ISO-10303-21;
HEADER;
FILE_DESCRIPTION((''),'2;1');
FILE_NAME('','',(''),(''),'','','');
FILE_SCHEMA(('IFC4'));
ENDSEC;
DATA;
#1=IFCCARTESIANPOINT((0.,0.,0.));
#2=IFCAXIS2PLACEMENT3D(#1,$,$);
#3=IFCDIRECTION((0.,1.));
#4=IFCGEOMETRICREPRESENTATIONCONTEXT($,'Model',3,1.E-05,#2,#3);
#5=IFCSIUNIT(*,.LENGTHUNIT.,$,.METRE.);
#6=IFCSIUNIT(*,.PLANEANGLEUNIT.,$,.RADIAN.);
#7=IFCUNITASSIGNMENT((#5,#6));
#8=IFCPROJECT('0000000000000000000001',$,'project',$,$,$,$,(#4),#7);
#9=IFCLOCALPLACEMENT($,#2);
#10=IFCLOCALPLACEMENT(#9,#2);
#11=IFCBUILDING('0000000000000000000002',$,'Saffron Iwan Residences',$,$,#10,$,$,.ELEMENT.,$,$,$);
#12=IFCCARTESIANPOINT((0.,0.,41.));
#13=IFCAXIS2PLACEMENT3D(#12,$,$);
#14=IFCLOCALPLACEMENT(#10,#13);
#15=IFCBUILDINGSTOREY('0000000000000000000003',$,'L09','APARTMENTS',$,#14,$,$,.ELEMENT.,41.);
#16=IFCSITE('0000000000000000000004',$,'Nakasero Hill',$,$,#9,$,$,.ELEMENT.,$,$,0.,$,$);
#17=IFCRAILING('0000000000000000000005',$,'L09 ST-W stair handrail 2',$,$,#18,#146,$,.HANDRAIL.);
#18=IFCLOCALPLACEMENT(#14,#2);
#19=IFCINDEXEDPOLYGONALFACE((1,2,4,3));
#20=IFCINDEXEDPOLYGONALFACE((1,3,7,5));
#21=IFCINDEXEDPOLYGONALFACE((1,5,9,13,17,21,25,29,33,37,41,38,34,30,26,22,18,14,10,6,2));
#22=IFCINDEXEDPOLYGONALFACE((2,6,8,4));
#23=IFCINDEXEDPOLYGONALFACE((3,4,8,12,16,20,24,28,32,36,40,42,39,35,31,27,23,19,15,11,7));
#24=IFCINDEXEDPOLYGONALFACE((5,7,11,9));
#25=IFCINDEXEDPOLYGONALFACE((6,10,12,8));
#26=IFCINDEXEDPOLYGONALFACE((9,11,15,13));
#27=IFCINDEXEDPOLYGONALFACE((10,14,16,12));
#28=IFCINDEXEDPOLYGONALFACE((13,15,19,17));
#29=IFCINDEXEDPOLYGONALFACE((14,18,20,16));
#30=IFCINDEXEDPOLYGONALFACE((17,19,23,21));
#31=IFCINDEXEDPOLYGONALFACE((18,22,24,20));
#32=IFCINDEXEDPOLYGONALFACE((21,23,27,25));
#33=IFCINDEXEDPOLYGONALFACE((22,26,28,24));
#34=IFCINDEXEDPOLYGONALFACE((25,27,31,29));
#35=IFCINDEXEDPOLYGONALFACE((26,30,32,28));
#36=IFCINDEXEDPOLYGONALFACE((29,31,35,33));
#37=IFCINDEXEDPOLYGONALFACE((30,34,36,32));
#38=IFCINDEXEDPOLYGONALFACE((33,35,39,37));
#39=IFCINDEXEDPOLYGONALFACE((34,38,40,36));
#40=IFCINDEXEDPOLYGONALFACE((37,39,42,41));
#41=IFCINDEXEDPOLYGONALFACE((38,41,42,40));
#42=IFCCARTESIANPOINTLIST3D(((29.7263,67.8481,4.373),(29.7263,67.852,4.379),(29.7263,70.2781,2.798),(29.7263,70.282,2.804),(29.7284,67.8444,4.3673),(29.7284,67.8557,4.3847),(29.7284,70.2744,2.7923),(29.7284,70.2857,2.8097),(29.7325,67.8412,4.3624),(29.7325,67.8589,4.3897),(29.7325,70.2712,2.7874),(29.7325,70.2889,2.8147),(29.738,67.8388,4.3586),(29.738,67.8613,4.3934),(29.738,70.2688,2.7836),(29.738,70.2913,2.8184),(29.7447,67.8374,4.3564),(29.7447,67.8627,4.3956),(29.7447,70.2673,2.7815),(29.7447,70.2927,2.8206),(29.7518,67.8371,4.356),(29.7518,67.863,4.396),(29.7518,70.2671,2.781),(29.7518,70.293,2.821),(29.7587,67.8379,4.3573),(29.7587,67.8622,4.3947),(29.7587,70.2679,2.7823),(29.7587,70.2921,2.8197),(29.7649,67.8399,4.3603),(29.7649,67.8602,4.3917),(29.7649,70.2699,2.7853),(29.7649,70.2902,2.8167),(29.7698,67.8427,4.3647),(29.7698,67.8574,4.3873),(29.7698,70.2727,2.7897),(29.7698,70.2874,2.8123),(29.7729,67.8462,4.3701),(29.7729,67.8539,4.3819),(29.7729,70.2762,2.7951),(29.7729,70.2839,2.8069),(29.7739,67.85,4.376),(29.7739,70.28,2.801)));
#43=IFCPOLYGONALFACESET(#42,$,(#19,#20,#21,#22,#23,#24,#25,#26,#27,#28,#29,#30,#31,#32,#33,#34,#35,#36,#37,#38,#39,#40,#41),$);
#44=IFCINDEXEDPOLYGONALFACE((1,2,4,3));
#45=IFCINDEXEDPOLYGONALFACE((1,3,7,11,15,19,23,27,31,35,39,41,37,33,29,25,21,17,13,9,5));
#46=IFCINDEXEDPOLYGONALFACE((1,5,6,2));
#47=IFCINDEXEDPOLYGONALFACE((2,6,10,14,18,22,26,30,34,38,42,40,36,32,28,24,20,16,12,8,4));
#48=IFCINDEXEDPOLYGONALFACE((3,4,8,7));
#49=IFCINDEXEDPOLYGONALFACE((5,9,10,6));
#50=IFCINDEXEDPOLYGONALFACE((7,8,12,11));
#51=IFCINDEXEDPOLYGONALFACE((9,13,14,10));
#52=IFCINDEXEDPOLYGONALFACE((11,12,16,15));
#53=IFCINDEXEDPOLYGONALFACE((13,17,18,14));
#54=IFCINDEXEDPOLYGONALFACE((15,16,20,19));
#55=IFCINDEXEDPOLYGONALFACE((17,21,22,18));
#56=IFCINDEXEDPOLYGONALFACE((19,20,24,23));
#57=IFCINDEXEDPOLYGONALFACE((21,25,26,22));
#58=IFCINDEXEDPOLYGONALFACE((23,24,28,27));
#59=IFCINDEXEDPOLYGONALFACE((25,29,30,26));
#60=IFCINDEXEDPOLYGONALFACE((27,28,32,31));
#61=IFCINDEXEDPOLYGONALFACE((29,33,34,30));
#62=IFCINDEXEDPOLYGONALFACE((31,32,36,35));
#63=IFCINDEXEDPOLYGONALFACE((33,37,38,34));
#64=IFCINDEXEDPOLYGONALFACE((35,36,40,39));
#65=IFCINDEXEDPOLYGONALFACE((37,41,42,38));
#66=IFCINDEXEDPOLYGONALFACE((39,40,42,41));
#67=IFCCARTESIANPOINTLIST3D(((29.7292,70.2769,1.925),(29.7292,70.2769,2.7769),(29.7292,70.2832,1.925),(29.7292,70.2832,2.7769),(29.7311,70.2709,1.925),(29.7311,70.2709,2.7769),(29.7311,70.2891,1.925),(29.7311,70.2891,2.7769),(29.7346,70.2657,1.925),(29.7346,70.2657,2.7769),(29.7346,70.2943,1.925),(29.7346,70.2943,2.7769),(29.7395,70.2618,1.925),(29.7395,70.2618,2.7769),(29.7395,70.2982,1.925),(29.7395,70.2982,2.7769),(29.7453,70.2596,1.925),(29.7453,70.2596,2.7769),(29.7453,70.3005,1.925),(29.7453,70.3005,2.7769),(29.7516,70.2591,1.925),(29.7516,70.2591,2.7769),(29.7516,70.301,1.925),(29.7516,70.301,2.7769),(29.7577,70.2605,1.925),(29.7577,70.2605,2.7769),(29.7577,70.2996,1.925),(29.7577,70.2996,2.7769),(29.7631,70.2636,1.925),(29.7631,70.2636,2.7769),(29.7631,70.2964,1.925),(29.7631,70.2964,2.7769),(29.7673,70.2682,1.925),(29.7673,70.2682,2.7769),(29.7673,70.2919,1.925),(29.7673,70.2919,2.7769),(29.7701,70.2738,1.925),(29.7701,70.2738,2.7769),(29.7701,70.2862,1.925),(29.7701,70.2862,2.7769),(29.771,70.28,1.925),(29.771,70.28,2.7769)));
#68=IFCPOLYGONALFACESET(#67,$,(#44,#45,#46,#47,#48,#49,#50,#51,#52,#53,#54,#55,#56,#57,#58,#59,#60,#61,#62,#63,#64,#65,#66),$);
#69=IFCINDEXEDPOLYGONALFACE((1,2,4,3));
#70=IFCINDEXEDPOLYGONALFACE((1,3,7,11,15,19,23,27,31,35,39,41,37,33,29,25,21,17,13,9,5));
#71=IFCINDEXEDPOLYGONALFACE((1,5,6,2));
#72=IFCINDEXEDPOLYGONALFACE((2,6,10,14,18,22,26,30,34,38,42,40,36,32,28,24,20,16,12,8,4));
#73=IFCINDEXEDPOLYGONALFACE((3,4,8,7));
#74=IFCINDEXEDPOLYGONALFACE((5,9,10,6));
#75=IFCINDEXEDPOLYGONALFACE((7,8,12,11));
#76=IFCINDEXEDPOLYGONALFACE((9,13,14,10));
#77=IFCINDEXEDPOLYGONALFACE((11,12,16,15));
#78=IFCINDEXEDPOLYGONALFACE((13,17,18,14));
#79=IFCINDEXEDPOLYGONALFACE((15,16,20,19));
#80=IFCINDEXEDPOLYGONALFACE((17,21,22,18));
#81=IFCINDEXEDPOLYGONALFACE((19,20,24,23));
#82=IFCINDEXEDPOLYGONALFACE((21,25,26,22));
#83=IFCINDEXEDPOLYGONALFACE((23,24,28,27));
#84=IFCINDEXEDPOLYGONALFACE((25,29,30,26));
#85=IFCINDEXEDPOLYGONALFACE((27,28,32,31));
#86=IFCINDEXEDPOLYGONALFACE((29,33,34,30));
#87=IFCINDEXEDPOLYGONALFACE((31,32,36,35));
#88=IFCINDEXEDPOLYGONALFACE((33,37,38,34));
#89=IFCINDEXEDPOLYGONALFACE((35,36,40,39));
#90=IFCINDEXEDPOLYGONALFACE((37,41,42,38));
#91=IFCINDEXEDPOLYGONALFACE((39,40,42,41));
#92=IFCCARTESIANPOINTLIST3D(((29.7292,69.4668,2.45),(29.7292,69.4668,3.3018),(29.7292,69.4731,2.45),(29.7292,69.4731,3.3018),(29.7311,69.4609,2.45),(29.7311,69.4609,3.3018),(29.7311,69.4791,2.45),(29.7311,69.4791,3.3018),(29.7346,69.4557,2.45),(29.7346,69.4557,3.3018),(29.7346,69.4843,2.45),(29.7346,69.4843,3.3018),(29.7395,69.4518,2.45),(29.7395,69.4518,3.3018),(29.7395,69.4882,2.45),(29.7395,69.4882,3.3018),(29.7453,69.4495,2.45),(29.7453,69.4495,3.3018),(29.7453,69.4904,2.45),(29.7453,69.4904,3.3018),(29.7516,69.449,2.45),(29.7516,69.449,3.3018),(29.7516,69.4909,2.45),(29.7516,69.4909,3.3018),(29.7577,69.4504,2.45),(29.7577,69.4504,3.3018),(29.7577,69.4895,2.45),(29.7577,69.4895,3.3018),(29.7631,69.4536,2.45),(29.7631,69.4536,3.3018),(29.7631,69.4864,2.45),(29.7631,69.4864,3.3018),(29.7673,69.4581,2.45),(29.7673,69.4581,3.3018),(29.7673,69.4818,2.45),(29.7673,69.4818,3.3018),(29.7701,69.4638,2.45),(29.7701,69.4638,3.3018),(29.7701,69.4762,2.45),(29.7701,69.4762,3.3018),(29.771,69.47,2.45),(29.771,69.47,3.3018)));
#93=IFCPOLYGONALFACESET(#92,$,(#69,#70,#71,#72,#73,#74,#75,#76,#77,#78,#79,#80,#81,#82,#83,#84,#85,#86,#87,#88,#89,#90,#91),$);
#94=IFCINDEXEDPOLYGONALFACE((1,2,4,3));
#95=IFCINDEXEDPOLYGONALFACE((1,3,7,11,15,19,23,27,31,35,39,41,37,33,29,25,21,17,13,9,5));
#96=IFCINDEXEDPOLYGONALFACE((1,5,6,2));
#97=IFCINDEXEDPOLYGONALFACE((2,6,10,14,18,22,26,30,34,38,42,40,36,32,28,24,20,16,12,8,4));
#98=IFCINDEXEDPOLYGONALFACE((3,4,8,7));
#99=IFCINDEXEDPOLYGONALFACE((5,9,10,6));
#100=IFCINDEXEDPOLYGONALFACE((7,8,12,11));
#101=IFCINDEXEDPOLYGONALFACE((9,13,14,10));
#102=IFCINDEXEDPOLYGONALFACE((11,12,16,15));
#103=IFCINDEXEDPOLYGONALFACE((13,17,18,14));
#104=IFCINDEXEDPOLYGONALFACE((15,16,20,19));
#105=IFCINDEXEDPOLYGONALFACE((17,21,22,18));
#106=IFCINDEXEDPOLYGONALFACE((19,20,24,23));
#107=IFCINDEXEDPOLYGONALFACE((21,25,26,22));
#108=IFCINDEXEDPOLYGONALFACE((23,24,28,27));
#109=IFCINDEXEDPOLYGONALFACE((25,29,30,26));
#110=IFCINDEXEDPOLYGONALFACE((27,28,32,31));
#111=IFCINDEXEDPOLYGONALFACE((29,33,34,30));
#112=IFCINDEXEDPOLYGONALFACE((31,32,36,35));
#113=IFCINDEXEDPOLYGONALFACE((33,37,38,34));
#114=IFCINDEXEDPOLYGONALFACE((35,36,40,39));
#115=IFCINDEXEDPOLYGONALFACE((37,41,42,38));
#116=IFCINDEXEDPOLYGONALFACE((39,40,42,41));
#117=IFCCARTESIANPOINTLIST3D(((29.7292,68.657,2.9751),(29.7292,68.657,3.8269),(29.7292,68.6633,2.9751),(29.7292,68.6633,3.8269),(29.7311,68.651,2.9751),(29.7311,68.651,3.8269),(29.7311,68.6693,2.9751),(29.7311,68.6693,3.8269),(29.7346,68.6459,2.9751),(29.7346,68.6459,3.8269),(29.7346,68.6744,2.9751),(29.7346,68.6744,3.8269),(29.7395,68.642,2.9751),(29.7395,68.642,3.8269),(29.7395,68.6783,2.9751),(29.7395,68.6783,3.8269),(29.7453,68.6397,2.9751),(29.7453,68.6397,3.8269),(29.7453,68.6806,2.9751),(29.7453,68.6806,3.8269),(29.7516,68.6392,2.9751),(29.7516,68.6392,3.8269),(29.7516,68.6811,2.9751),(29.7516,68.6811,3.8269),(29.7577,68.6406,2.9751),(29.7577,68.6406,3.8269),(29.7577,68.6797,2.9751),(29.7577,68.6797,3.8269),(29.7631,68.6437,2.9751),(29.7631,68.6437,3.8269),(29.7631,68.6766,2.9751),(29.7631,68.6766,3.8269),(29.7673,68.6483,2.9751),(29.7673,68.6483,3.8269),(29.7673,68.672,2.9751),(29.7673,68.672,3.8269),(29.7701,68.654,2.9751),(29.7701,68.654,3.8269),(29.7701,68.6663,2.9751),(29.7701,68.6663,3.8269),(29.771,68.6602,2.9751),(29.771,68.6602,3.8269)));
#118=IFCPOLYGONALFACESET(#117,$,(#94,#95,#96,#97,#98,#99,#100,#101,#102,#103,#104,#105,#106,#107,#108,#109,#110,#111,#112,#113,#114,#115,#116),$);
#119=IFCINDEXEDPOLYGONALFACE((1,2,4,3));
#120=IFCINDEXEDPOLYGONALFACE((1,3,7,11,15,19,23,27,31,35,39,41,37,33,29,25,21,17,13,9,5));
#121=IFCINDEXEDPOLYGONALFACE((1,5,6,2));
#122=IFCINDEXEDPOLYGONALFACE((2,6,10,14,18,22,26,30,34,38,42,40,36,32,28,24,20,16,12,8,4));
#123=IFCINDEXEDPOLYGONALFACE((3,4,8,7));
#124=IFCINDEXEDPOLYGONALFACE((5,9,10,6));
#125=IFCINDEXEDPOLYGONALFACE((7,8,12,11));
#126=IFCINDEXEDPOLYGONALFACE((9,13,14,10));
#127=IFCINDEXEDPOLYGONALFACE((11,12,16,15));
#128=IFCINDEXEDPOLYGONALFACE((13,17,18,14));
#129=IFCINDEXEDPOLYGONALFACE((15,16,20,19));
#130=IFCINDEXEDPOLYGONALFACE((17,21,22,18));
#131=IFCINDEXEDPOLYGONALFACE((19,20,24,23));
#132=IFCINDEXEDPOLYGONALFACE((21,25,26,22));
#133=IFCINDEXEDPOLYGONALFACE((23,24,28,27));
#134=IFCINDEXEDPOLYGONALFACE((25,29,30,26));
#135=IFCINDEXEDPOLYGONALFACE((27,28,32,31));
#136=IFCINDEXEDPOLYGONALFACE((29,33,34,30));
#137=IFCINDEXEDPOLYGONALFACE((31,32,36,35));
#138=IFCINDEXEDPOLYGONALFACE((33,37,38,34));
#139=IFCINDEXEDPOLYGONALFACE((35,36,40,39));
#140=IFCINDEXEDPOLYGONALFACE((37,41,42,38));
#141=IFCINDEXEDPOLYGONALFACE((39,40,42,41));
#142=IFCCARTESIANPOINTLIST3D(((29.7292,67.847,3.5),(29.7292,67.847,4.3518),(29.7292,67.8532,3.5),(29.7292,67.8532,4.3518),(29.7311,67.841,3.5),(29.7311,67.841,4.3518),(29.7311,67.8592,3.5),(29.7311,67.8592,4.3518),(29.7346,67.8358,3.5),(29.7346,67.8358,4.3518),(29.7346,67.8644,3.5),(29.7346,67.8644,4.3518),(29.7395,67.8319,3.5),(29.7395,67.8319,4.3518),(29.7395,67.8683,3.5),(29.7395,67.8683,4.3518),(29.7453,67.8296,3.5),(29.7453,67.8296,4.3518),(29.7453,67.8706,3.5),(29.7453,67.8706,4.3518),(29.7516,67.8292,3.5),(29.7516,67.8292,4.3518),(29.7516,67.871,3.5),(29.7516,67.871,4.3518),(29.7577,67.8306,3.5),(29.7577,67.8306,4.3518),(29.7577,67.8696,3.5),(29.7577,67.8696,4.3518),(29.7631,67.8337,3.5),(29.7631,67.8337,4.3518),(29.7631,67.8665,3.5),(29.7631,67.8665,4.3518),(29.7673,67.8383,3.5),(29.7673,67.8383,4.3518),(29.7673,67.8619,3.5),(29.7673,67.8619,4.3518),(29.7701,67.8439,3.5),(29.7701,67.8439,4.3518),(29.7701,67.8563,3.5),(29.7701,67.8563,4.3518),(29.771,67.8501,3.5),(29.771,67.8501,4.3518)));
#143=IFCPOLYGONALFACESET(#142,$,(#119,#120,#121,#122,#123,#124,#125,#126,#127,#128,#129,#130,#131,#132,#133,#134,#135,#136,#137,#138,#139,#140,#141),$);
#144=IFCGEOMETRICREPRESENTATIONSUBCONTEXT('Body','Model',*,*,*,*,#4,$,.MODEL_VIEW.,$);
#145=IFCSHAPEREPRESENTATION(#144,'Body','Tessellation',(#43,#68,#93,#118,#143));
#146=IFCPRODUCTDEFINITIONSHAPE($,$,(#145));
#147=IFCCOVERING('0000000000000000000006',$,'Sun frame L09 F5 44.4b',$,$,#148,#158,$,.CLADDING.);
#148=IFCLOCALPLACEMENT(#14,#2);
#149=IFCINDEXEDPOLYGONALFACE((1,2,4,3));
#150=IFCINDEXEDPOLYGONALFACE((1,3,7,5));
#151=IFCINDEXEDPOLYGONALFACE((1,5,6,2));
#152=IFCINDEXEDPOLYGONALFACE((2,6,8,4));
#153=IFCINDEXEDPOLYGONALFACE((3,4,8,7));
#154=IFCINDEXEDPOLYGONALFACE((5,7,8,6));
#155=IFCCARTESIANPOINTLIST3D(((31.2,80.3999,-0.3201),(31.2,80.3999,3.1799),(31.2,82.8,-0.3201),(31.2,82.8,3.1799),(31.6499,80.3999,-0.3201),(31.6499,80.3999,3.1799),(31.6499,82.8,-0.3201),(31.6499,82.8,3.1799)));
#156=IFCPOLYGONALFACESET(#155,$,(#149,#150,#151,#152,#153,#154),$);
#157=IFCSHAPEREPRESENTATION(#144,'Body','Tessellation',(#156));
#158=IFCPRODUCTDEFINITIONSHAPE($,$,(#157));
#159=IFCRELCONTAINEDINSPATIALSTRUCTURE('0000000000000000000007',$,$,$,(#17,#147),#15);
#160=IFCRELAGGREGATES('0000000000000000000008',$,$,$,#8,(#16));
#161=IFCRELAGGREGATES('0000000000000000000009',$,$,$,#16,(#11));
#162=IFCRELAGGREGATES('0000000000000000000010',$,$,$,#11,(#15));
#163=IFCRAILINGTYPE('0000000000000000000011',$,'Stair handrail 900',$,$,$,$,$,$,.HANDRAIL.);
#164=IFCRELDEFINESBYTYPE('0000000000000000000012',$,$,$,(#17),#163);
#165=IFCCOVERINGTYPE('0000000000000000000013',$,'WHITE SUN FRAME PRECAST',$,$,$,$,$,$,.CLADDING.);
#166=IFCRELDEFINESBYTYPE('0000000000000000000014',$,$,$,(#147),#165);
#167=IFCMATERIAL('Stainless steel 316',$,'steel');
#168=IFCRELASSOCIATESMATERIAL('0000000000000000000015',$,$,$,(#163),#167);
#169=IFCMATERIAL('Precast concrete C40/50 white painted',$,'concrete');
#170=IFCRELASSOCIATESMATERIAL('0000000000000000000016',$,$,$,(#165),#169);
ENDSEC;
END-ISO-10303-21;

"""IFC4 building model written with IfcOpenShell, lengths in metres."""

from ifc_helpers import new_model, si_unit, direction, frame, origin, origin_2d, place, context, subcontext, project, spatial, polyline, circle, outline, extrude, material, type_object, element, save


model = new_model("IFC4")

# Units and contexts
model_context = context("Model", 3, precision=1e-05, world=origin(), true_north=direction((0.0, 1.0)))
body_context = subcontext(model_context, "Body", "Model", "MODEL_VIEW")
ifc_project = project(units=[si_unit("LENGTHUNIT", "METRE"), si_unit("PLANEANGLEUNIT", "RADIAN")], contexts=[model_context])

# Site, building, storey
site_placement = place(None, origin())
site = spatial("IfcSite", under=ifc_project, at=site_placement, Name="Nakasero Hill", CompositionType="ELEMENT", RefElevation=0.0)
building_placement = place(site_placement, origin())
building = spatial("IfcBuilding", under=site, at=building_placement, Name="Saffron Iwan Residences", CompositionType="ELEMENT")
storey_placement = place(building_placement, frame((0.0, 0.0, 41.0)))
storey = spatial("IfcBuildingStorey", under=building, at=storey_placement, Name="L09", Description="APARTMENTS", CompositionType="ELEMENT", Elevation=41.0)

# Railing
ifc_material_1 = material(Name="Stainless steel 316", Category="steel")
railing_type_1 = type_object("IfcRailingType", Name="Stair handrail 900", PredefinedType="HANDRAIL", material=ifc_material_1)
railing_1_placement = place(storey_placement, frame((29.75, 70.28, 1.925)))
element("IfcRailing", 1, at=railing_1_placement, inside=storey, type_object=railing_type_1, Name="L09 ST-W stair handrail 2", PredefinedType="HANDRAIL", context=body_context, shape_type="SweptSolid", body=[
    extrude(circle(Radius=0.0239, at=origin_2d()), frame((0.0, 0.0, 0.876), z_axis=(0.0, -0.839154, 0.543894), x_axis=(1.0, 0.0, 0.0)), (0.0, 0.0, 1.0), 2.8958),
    extrude(circle(Radius=0.021, at=origin_2d()), origin(), (0.0, 0.0, 1.0), 0.8518),
    extrude(circle(Radius=0.021, at=origin_2d()), frame((0.0, -0.8101, 0.5249)), (0.0, 0.0, 1.0), 0.8518),
    extrude(circle(Radius=0.021, at=origin_2d()), frame((0.0, -1.6199, 1.05)), (0.0, 0.0, 1.0), 0.8518),
    extrude(circle(Radius=0.021, at=origin_2d()), frame((0.0, -2.4299, 1.575)), (0.0, 0.0, 1.0), 0.8518),
])

# Covering
ifc_material_2 = material(Name="Precast concrete C40/50 white painted", Category="concrete")
covering_type_1 = type_object("IfcCoveringType", Name="WHITE SUN FRAME PRECAST", PredefinedType="CLADDING", material=ifc_material_2)
covering_1_placement = place(storey_placement, frame((31.6499, 80.3999, -0.3201), z_axis=(0.0, 1.0, 0.0), x_axis=(-1.0, 0.0, 0.0)))
element("IfcCovering", 2, at=covering_1_placement, inside=storey, type_object=covering_type_1, Name="Sun frame L09 F5 44.4b", PredefinedType="CLADDING", context=body_context, shape_type="SweptSolid", body=[
    extrude(outline(polyline([(0.0, 0.0), (0.45, 0.0), (0.45, 3.5), (0.0, 3.5), (0.0, 0.0)])), origin(), (0.0, 0.0, 1.0), 2.4001),
])

save(model, "model.ifc")
